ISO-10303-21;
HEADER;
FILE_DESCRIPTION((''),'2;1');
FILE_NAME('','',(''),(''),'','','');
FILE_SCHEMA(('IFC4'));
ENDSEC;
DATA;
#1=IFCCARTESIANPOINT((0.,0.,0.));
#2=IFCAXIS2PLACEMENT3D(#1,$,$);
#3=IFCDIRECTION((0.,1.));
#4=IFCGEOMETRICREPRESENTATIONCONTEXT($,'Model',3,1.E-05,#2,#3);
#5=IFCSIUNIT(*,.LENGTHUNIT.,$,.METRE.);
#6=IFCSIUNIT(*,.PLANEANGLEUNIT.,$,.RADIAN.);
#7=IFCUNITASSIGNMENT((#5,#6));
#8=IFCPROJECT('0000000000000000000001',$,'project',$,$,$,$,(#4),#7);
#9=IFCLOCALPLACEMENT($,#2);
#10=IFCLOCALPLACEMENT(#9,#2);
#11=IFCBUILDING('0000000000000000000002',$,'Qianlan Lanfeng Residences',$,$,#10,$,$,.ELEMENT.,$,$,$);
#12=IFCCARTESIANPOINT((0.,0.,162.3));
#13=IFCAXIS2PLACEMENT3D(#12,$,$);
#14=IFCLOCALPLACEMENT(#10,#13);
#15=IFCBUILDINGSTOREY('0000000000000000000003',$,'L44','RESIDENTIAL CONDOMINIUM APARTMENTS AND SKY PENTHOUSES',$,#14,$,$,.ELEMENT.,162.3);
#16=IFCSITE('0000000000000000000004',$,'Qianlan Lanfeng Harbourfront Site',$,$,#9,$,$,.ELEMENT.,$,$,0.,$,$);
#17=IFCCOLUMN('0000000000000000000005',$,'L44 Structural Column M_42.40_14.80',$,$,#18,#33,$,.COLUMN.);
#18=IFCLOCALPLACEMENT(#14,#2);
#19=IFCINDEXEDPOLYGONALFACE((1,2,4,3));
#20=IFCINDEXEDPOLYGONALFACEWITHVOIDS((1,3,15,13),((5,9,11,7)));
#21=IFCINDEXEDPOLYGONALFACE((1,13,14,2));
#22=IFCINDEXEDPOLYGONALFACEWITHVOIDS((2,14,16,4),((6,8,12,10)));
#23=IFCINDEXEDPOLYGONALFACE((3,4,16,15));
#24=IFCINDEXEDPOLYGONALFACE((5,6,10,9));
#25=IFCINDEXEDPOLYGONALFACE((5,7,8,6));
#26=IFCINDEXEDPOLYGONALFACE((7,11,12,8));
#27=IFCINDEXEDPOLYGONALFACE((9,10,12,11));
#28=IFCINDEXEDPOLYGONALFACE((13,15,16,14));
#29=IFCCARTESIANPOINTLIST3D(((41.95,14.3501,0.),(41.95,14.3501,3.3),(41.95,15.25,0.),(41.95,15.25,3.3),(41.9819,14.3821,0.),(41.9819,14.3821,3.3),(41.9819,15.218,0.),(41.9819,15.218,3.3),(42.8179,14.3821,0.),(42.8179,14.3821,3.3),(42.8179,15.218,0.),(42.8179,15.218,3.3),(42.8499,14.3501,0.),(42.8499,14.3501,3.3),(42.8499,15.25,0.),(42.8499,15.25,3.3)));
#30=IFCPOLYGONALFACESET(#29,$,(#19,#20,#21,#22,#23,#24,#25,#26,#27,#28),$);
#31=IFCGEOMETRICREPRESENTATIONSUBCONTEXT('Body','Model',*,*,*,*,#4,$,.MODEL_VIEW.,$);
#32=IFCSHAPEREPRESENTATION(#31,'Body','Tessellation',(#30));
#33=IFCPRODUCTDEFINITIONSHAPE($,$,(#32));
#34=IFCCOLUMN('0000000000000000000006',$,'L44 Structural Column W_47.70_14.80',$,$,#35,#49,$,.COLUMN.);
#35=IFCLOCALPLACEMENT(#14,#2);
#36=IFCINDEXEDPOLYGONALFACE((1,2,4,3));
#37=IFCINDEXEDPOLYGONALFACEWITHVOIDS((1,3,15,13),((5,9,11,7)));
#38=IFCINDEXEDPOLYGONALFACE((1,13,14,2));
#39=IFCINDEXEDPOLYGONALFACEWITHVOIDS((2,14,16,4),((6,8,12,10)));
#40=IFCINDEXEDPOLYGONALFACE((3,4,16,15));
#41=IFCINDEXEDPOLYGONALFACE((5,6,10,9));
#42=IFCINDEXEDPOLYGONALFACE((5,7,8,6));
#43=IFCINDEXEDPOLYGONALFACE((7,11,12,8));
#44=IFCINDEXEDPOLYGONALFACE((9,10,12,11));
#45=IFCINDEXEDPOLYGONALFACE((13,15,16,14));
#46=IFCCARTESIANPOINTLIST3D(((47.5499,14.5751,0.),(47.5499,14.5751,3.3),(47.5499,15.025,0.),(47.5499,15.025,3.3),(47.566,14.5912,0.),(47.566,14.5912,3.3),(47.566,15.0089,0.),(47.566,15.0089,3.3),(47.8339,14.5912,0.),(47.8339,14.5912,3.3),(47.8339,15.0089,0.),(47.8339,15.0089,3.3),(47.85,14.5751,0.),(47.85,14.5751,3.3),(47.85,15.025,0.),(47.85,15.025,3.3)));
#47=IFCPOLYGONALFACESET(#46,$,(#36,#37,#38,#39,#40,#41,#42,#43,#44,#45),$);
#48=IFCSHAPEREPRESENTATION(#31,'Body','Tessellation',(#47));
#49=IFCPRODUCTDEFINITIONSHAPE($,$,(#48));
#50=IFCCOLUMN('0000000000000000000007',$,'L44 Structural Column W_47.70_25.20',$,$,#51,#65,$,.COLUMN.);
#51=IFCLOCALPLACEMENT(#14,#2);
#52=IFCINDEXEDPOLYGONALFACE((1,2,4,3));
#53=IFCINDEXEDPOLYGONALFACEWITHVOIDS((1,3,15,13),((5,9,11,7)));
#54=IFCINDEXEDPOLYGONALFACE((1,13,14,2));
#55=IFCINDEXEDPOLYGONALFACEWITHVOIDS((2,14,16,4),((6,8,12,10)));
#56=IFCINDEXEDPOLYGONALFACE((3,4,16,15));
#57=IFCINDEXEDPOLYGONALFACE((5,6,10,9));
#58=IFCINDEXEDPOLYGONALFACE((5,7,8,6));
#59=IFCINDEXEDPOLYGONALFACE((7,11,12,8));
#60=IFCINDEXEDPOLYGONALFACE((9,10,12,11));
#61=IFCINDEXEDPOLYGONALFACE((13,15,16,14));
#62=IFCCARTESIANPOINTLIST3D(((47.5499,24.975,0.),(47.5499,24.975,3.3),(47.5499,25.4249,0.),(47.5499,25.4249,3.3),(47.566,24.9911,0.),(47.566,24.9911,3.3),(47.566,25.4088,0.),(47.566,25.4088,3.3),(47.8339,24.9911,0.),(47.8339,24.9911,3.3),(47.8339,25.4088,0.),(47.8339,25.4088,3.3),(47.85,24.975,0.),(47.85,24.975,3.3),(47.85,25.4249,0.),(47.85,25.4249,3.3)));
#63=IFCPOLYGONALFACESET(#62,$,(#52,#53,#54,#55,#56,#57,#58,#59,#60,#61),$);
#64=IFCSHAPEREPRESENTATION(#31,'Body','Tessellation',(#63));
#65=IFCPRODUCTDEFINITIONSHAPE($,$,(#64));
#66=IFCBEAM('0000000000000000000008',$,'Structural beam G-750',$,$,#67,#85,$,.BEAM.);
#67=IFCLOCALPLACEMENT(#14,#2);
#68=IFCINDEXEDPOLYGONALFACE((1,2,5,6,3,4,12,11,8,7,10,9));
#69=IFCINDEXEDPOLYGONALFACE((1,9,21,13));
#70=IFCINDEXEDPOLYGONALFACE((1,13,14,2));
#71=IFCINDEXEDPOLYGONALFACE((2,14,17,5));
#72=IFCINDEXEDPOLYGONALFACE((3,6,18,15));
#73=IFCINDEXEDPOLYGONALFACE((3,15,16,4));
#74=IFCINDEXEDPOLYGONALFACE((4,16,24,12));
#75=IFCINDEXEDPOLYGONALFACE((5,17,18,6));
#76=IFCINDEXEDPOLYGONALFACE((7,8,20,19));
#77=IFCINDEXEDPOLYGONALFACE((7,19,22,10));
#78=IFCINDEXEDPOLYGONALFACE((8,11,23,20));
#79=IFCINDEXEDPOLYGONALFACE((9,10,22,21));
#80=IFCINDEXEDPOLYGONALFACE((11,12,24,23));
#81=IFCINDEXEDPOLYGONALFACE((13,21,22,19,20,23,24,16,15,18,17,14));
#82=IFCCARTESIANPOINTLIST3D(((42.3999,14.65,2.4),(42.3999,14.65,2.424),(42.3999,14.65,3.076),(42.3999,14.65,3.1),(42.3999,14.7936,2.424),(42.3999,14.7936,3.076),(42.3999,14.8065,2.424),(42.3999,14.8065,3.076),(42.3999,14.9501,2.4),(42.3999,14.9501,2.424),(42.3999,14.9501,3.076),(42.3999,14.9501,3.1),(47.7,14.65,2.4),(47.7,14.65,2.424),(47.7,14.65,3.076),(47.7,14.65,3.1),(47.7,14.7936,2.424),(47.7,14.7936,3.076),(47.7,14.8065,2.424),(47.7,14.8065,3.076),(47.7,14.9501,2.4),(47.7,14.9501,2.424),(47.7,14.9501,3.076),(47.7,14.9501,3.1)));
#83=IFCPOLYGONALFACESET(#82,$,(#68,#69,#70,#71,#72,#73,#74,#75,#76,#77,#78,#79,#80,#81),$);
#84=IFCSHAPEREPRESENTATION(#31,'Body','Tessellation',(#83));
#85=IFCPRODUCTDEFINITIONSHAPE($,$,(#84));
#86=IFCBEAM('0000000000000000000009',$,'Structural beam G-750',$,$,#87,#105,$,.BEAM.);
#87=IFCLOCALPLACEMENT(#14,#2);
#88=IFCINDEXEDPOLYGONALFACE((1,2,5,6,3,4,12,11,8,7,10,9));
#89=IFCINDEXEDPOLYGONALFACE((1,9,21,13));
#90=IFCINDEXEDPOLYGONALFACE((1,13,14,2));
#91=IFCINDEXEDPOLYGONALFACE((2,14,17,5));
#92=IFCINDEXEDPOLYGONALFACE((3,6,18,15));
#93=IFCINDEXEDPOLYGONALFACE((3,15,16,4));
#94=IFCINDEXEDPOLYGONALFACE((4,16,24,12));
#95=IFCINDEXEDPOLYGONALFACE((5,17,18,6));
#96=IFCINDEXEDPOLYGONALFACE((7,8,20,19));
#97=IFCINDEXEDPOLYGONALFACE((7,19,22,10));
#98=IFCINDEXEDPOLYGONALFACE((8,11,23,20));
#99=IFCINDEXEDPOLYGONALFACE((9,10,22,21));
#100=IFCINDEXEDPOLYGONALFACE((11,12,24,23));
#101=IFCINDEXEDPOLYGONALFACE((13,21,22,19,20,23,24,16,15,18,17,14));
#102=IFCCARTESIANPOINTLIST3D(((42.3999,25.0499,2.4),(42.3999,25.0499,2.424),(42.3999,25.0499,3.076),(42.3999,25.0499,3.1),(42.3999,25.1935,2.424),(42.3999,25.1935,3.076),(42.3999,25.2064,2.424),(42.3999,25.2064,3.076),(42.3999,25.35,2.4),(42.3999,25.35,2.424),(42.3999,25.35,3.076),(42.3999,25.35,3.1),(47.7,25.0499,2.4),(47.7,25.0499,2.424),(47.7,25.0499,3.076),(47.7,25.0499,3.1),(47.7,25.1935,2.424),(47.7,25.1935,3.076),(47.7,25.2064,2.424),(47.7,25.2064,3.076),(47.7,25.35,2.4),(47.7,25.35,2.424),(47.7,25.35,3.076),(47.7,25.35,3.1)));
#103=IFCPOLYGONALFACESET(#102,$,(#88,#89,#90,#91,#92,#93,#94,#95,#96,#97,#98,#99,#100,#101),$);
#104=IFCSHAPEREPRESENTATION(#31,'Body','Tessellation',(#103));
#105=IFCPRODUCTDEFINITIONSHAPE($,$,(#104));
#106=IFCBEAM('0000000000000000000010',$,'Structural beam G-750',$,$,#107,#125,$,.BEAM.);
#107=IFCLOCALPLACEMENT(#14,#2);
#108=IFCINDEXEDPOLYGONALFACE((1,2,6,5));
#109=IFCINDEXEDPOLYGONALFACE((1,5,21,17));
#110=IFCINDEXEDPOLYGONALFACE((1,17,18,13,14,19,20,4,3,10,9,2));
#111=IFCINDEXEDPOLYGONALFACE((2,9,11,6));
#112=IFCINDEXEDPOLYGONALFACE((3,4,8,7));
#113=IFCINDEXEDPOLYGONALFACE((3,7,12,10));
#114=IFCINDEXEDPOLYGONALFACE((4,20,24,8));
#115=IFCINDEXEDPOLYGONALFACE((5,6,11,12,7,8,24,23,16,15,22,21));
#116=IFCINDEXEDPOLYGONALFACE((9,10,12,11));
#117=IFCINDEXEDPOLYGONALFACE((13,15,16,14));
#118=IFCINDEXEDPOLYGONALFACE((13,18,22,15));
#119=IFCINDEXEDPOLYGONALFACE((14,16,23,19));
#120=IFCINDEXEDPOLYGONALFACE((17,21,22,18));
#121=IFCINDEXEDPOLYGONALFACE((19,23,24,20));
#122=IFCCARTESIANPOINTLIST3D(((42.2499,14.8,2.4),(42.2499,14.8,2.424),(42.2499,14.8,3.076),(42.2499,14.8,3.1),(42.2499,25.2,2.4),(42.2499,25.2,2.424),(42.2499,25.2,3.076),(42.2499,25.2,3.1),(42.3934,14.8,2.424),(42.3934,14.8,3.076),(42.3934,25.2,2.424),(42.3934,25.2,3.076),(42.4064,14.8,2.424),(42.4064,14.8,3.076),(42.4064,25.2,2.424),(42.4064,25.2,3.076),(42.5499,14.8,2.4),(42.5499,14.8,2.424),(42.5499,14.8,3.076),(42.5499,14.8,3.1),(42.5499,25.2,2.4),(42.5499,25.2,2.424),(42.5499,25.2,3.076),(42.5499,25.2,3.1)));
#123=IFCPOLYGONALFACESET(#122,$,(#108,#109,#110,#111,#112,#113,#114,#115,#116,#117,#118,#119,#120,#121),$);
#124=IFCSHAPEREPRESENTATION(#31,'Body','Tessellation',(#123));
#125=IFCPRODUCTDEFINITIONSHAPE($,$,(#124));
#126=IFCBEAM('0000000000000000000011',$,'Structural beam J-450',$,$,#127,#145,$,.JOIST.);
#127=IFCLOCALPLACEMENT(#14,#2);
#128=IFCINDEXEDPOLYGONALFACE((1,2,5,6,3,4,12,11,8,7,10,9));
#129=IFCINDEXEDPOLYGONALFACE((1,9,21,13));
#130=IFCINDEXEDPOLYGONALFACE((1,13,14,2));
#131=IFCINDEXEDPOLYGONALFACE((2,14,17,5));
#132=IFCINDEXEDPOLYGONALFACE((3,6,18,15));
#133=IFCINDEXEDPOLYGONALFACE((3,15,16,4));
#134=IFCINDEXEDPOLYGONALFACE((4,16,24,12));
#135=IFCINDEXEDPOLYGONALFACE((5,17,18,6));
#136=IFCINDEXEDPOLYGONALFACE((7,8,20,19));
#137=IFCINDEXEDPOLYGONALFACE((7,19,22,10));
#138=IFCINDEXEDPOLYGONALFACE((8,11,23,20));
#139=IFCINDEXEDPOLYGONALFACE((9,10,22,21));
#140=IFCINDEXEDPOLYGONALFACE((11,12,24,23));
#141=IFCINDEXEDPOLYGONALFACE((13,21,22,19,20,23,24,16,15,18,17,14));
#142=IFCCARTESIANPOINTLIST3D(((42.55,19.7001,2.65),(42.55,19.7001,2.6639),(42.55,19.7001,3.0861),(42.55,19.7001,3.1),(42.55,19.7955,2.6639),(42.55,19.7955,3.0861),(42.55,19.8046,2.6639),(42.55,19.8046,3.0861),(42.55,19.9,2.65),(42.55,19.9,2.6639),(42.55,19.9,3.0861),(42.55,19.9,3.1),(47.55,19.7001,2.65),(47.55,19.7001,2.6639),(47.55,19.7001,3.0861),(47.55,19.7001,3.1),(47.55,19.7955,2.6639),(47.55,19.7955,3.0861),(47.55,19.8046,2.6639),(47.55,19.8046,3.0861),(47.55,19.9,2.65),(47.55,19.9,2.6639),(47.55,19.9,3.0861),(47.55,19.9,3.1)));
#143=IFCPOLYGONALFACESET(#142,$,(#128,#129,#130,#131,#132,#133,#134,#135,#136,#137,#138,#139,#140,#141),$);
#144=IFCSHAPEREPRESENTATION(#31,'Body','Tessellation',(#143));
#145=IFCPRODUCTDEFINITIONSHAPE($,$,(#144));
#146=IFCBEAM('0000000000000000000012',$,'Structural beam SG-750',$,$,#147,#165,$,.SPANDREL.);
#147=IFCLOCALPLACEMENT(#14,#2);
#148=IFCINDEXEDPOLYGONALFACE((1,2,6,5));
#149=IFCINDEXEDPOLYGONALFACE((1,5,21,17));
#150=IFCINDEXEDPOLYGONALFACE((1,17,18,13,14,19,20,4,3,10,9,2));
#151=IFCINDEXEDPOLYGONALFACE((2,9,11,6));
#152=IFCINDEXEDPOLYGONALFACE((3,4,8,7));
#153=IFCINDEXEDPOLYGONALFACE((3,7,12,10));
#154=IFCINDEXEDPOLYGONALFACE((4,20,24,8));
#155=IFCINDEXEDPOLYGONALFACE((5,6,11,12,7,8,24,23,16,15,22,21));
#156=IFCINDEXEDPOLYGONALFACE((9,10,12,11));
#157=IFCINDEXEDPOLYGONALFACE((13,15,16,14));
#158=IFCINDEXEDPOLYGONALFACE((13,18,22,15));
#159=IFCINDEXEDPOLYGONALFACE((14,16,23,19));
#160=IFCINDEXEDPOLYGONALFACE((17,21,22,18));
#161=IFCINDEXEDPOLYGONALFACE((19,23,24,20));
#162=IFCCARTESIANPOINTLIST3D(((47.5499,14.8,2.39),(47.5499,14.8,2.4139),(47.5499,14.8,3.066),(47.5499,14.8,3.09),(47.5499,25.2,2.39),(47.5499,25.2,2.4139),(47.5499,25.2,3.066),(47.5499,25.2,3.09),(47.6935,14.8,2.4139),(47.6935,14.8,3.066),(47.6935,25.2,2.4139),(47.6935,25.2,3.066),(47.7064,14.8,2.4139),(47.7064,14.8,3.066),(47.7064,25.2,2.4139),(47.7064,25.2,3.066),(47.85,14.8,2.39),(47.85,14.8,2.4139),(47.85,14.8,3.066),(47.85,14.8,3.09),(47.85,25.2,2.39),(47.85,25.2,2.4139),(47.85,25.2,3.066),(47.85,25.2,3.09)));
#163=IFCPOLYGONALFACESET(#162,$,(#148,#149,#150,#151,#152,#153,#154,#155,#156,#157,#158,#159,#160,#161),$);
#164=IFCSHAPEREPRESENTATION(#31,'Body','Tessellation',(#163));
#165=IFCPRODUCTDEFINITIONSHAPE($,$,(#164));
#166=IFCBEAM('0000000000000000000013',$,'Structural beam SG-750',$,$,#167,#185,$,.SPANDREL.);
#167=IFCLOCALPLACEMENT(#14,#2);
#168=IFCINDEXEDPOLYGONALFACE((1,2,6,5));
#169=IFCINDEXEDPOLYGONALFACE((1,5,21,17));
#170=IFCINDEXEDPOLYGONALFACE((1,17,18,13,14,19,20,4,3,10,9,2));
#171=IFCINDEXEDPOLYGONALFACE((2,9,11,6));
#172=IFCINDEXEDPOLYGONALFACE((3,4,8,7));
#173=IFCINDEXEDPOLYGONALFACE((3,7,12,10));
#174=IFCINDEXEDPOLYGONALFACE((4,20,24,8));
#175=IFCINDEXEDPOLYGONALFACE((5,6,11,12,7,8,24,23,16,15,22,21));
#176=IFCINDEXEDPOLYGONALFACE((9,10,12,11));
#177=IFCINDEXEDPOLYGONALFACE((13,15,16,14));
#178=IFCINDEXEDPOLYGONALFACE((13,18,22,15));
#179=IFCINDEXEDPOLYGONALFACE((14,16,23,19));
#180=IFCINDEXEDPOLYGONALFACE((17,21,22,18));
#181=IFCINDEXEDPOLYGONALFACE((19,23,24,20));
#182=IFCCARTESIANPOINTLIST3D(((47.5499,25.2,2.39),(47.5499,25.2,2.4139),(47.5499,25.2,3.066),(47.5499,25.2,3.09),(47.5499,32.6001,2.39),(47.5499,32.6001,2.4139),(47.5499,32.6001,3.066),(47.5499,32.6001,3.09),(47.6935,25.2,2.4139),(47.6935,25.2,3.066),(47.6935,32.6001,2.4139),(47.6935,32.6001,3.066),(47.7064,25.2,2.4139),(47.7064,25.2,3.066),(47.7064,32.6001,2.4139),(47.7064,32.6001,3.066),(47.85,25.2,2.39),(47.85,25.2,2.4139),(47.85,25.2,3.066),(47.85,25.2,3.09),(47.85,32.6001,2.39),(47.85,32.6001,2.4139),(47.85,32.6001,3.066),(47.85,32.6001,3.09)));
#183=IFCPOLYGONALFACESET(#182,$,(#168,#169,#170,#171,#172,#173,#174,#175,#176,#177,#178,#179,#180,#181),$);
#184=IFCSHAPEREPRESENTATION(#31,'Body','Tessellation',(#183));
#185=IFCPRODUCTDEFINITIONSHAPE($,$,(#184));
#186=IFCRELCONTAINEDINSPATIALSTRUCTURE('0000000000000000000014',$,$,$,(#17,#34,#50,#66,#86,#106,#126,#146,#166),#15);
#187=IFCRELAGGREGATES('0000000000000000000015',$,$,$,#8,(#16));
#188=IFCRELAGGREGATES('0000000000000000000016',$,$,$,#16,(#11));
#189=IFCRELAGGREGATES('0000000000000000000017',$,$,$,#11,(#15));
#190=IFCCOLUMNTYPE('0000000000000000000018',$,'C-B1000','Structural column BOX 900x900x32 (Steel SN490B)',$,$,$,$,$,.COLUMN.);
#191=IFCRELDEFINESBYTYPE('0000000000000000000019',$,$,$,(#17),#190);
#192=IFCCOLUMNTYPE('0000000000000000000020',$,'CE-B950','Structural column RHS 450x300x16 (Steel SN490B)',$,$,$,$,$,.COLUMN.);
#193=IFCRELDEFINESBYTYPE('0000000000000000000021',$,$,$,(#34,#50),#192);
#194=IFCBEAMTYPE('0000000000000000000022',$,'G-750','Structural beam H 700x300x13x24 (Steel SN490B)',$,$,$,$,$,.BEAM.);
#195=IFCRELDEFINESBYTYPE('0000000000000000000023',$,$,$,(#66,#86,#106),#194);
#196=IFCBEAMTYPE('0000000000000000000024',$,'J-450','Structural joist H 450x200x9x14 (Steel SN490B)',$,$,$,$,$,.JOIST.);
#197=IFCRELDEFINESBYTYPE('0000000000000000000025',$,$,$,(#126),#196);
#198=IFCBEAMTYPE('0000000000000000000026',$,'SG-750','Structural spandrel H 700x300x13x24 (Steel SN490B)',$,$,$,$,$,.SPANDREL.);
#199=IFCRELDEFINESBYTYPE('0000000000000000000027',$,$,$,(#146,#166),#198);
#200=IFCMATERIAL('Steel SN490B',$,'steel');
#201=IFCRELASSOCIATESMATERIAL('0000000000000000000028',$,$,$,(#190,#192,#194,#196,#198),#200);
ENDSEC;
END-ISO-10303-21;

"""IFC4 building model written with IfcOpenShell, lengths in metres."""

from ifc_helpers import new_model, si_unit, direction, frame, origin, origin_2d, place, context, subcontext, project, spatial, hollow_rectangle, i_section, extrude, material, material_profile, profile_set, type_object, element, save


model = new_model("IFC4")

# Units and contexts
model_context = context("Model", 3, precision=1e-05, world=origin(), true_north=direction((0.0, 1.0)))
body_context = subcontext(model_context, "Body", "Model", "MODEL_VIEW")
ifc_project = project(units=[si_unit("LENGTHUNIT", "METRE"), si_unit("PLANEANGLEUNIT", "RADIAN")], contexts=[model_context])

# Site, building, storey
site_placement = place(None, origin())
site = spatial("IfcSite", under=ifc_project, at=site_placement, Name="Qianlan Lanfeng Harbourfront Site", CompositionType="ELEMENT", RefElevation=0.0)
building_placement = place(site_placement, origin())
building = spatial("IfcBuilding", under=site, at=building_placement, Name="Qianlan Lanfeng Residences", CompositionType="ELEMENT")
storey_placement = place(building_placement, frame((0.0, 0.0, 162.3)))
storey = spatial("IfcBuildingStorey", under=building, at=storey_placement, Name="L44", Description="RESIDENTIAL CONDOMINIUM APARTMENTS AND SKY PENTHOUSES", CompositionType="ELEMENT", Elevation=162.3)

# Columns
ifc_material_1 = material(Name="Steel SN490B", Category="steel")
ifc_material_profile_1 = material_profile(ifc_material_1, hollow_rectangle(XDim=0.8999, YDim=0.8999, WallThickness=0.032, at=origin_2d()), Name="BOX 900x900x32")
ifc_profile_set_1 = profile_set([ifc_material_profile_1], Name="Steel SN490B")
column_type_1 = type_object("IfcColumnType", Name="C-B1000", Description="Structural column BOX 900x900x32 (Steel SN490B)", PredefinedType="COLUMN", material=ifc_profile_set_1)
column_placement = place(storey_placement, frame((42.3999, 14.8, 0.0), z_axis=(0.0, 0.0, 1.0), x_axis=(1.0, 0.0, 0.0)))
element("IfcColumn", 1, at=column_placement, inside=storey, type_object=column_type_1, Name="L44 Structural Column M_42.40_14.80", PredefinedType="COLUMN", context=body_context, shape_type="SweptSolid", body=[
    extrude(hollow_rectangle(XDim=0.8999, YDim=0.8999, WallThickness=0.032, at=origin_2d()), origin(), (0.0, 0.0, 1.0), 3.3),
])
ifc_material_profile_2 = material_profile(ifc_material_1, hollow_rectangle(XDim=0.3, YDim=0.45, WallThickness=0.0161, at=origin_2d()), Name="RHS 450x300x16")
ifc_profile_set_2 = profile_set([ifc_material_profile_2], Name="Steel SN490B")
column_type_2 = type_object("IfcColumnType", Name="CE-B950", Description="Structural column RHS 450x300x16 (Steel SN490B)", PredefinedType="COLUMN", material=ifc_profile_set_2)
for number, where, z_axis, x_axis, name in (
    (2, (47.7, 14.8, 0.0), (0.0, 0.0, 1.0), (1.0, 0.0, 0.0), "L44 Structural Column W_47.70_14.80"),
    (3, (47.7, 25.2, 0.0), (0.0, 0.0, 1.0), (1.0, 0.0, 0.0), "L44 Structural Column W_47.70_25.20"),
):
    element("IfcColumn", number, at=place(storey_placement, frame(where, z_axis=z_axis, x_axis=x_axis)), inside=storey, type_object=column_type_2, Name=name, PredefinedType="COLUMN", context=body_context, shape_type="SweptSolid", body=[
        extrude(hollow_rectangle(XDim=0.3, YDim=0.45, WallThickness=0.0161, at=origin_2d()), origin(), (0.0, 0.0, 1.0), 3.3),
    ])

# Beams
ifc_material_profile_3 = material_profile(ifc_material_1, i_section(OverallWidth=0.3, OverallDepth=0.7, WebThickness=0.0129, FlangeThickness=0.0239, at=origin_2d()), Name="H 700x300x13x24")
ifc_profile_set_3 = profile_set([ifc_material_profile_3], Name="Steel SN490B")
beam_type_1 = type_object("IfcBeamType", Name="G-750", Description="Structural beam H 700x300x13x24 (Steel SN490B)", PredefinedType="BEAM", material=ifc_profile_set_3)
for number, where, z_axis, x_axis, name in (
    (4, (42.3999, 14.8, 2.75), (1.0, 0.0, 0.0), (0.0, 1.0, 0.0), "Structural beam G-750"),
    (5, (42.3999, 25.2, 2.75), (1.0, 0.0, 0.0), (0.0, 1.0, 0.0), "Structural beam G-750"),
):
    element("IfcBeam", number, at=place(storey_placement, frame(where, z_axis=z_axis, x_axis=x_axis)), inside=storey, type_object=beam_type_1, Name=name, PredefinedType="BEAM", context=body_context, shape_type="SweptSolid", body=[
        extrude(i_section(OverallWidth=0.3, OverallDepth=0.7, WebThickness=0.0129, FlangeThickness=0.0239, at=origin_2d()), origin(), (0.0, 0.0, 1.0), 5.3),
    ])
beam_1_placement = place(storey_placement, frame((42.3999, 14.8, 2.75), z_axis=(0.0, 1.0, 0.0), x_axis=(-1.0, 0.0, 0.0)))
element("IfcBeam", 6, at=beam_1_placement, inside=storey, type_object=beam_type_1, Name="Structural beam G-750", PredefinedType="BEAM", context=body_context, shape_type="SweptSolid", body=[
    extrude(i_section(OverallWidth=0.3, OverallDepth=0.7, WebThickness=0.0129, FlangeThickness=0.0239, at=origin_2d()), origin(), (0.0, 0.0, 1.0), 10.3999),
])
ifc_material_profile_4 = material_profile(ifc_material_1, i_section(OverallWidth=0.2, OverallDepth=0.45, WebThickness=0.009, FlangeThickness=0.0139, at=origin_2d()), Name="H 450x200x9x14")
ifc_profile_set_4 = profile_set([ifc_material_profile_4], Name="Steel SN490B")
beam_type_2 = type_object("IfcBeamType", Name="J-450", Description="Structural joist H 450x200x9x14 (Steel SN490B)", PredefinedType="JOIST", material=ifc_profile_set_4)
beam_2_placement = place(storey_placement, frame((42.55, 19.8, 2.875), z_axis=(1.0, 0.0, 0.0), x_axis=(0.0, 1.0, 0.0)))
element("IfcBeam", 7, at=beam_2_placement, inside=storey, type_object=beam_type_2, Name="Structural beam J-450", PredefinedType="JOIST", context=body_context, shape_type="SweptSolid", body=[
    extrude(i_section(OverallWidth=0.2, OverallDepth=0.45, WebThickness=0.009, FlangeThickness=0.0139, at=origin_2d()), origin(), (0.0, 0.0, 1.0), 5.0),
])
ifc_material_profile_5 = material_profile(ifc_material_1, i_section(OverallWidth=0.3, OverallDepth=0.7, WebThickness=0.0129, FlangeThickness=0.0239, at=origin_2d()), Name="H 700x300x13x24")
ifc_profile_set_5 = profile_set([ifc_material_profile_5], Name="Steel SN490B")
beam_type_3 = type_object("IfcBeamType", Name="SG-750", Description="Structural spandrel H 700x300x13x24 (Steel SN490B)", PredefinedType="SPANDREL", material=ifc_profile_set_5)
beam_3_placement = place(storey_placement, frame((47.7, 14.8, 2.74), z_axis=(0.0, 1.0, 0.0), x_axis=(-1.0, 0.0, 0.0)))
element("IfcBeam", 8, at=beam_3_placement, inside=storey, type_object=beam_type_3, Name="Structural beam SG-750", PredefinedType="SPANDREL", context=body_context, shape_type="SweptSolid", body=[
    extrude(i_section(OverallWidth=0.3, OverallDepth=0.7, WebThickness=0.0129, FlangeThickness=0.0239, at=origin_2d()), origin(), (0.0, 0.0, 1.0), 10.3999),
])
beam_4_placement = place(storey_placement, frame((47.7, 25.2, 2.74), z_axis=(0.0, 1.0, 0.0), x_axis=(-1.0, 0.0, 0.0)))
element("IfcBeam", 9, at=beam_4_placement, inside=storey, type_object=beam_type_3, Name="Structural beam SG-750", PredefinedType="SPANDREL", context=body_context, shape_type="SweptSolid", body=[
    extrude(i_section(OverallWidth=0.3, OverallDepth=0.7, WebThickness=0.0129, FlangeThickness=0.0239, at=origin_2d()), origin(), (0.0, 0.0, 1.0), 7.4001),
])

save(model, "model.ifc")
